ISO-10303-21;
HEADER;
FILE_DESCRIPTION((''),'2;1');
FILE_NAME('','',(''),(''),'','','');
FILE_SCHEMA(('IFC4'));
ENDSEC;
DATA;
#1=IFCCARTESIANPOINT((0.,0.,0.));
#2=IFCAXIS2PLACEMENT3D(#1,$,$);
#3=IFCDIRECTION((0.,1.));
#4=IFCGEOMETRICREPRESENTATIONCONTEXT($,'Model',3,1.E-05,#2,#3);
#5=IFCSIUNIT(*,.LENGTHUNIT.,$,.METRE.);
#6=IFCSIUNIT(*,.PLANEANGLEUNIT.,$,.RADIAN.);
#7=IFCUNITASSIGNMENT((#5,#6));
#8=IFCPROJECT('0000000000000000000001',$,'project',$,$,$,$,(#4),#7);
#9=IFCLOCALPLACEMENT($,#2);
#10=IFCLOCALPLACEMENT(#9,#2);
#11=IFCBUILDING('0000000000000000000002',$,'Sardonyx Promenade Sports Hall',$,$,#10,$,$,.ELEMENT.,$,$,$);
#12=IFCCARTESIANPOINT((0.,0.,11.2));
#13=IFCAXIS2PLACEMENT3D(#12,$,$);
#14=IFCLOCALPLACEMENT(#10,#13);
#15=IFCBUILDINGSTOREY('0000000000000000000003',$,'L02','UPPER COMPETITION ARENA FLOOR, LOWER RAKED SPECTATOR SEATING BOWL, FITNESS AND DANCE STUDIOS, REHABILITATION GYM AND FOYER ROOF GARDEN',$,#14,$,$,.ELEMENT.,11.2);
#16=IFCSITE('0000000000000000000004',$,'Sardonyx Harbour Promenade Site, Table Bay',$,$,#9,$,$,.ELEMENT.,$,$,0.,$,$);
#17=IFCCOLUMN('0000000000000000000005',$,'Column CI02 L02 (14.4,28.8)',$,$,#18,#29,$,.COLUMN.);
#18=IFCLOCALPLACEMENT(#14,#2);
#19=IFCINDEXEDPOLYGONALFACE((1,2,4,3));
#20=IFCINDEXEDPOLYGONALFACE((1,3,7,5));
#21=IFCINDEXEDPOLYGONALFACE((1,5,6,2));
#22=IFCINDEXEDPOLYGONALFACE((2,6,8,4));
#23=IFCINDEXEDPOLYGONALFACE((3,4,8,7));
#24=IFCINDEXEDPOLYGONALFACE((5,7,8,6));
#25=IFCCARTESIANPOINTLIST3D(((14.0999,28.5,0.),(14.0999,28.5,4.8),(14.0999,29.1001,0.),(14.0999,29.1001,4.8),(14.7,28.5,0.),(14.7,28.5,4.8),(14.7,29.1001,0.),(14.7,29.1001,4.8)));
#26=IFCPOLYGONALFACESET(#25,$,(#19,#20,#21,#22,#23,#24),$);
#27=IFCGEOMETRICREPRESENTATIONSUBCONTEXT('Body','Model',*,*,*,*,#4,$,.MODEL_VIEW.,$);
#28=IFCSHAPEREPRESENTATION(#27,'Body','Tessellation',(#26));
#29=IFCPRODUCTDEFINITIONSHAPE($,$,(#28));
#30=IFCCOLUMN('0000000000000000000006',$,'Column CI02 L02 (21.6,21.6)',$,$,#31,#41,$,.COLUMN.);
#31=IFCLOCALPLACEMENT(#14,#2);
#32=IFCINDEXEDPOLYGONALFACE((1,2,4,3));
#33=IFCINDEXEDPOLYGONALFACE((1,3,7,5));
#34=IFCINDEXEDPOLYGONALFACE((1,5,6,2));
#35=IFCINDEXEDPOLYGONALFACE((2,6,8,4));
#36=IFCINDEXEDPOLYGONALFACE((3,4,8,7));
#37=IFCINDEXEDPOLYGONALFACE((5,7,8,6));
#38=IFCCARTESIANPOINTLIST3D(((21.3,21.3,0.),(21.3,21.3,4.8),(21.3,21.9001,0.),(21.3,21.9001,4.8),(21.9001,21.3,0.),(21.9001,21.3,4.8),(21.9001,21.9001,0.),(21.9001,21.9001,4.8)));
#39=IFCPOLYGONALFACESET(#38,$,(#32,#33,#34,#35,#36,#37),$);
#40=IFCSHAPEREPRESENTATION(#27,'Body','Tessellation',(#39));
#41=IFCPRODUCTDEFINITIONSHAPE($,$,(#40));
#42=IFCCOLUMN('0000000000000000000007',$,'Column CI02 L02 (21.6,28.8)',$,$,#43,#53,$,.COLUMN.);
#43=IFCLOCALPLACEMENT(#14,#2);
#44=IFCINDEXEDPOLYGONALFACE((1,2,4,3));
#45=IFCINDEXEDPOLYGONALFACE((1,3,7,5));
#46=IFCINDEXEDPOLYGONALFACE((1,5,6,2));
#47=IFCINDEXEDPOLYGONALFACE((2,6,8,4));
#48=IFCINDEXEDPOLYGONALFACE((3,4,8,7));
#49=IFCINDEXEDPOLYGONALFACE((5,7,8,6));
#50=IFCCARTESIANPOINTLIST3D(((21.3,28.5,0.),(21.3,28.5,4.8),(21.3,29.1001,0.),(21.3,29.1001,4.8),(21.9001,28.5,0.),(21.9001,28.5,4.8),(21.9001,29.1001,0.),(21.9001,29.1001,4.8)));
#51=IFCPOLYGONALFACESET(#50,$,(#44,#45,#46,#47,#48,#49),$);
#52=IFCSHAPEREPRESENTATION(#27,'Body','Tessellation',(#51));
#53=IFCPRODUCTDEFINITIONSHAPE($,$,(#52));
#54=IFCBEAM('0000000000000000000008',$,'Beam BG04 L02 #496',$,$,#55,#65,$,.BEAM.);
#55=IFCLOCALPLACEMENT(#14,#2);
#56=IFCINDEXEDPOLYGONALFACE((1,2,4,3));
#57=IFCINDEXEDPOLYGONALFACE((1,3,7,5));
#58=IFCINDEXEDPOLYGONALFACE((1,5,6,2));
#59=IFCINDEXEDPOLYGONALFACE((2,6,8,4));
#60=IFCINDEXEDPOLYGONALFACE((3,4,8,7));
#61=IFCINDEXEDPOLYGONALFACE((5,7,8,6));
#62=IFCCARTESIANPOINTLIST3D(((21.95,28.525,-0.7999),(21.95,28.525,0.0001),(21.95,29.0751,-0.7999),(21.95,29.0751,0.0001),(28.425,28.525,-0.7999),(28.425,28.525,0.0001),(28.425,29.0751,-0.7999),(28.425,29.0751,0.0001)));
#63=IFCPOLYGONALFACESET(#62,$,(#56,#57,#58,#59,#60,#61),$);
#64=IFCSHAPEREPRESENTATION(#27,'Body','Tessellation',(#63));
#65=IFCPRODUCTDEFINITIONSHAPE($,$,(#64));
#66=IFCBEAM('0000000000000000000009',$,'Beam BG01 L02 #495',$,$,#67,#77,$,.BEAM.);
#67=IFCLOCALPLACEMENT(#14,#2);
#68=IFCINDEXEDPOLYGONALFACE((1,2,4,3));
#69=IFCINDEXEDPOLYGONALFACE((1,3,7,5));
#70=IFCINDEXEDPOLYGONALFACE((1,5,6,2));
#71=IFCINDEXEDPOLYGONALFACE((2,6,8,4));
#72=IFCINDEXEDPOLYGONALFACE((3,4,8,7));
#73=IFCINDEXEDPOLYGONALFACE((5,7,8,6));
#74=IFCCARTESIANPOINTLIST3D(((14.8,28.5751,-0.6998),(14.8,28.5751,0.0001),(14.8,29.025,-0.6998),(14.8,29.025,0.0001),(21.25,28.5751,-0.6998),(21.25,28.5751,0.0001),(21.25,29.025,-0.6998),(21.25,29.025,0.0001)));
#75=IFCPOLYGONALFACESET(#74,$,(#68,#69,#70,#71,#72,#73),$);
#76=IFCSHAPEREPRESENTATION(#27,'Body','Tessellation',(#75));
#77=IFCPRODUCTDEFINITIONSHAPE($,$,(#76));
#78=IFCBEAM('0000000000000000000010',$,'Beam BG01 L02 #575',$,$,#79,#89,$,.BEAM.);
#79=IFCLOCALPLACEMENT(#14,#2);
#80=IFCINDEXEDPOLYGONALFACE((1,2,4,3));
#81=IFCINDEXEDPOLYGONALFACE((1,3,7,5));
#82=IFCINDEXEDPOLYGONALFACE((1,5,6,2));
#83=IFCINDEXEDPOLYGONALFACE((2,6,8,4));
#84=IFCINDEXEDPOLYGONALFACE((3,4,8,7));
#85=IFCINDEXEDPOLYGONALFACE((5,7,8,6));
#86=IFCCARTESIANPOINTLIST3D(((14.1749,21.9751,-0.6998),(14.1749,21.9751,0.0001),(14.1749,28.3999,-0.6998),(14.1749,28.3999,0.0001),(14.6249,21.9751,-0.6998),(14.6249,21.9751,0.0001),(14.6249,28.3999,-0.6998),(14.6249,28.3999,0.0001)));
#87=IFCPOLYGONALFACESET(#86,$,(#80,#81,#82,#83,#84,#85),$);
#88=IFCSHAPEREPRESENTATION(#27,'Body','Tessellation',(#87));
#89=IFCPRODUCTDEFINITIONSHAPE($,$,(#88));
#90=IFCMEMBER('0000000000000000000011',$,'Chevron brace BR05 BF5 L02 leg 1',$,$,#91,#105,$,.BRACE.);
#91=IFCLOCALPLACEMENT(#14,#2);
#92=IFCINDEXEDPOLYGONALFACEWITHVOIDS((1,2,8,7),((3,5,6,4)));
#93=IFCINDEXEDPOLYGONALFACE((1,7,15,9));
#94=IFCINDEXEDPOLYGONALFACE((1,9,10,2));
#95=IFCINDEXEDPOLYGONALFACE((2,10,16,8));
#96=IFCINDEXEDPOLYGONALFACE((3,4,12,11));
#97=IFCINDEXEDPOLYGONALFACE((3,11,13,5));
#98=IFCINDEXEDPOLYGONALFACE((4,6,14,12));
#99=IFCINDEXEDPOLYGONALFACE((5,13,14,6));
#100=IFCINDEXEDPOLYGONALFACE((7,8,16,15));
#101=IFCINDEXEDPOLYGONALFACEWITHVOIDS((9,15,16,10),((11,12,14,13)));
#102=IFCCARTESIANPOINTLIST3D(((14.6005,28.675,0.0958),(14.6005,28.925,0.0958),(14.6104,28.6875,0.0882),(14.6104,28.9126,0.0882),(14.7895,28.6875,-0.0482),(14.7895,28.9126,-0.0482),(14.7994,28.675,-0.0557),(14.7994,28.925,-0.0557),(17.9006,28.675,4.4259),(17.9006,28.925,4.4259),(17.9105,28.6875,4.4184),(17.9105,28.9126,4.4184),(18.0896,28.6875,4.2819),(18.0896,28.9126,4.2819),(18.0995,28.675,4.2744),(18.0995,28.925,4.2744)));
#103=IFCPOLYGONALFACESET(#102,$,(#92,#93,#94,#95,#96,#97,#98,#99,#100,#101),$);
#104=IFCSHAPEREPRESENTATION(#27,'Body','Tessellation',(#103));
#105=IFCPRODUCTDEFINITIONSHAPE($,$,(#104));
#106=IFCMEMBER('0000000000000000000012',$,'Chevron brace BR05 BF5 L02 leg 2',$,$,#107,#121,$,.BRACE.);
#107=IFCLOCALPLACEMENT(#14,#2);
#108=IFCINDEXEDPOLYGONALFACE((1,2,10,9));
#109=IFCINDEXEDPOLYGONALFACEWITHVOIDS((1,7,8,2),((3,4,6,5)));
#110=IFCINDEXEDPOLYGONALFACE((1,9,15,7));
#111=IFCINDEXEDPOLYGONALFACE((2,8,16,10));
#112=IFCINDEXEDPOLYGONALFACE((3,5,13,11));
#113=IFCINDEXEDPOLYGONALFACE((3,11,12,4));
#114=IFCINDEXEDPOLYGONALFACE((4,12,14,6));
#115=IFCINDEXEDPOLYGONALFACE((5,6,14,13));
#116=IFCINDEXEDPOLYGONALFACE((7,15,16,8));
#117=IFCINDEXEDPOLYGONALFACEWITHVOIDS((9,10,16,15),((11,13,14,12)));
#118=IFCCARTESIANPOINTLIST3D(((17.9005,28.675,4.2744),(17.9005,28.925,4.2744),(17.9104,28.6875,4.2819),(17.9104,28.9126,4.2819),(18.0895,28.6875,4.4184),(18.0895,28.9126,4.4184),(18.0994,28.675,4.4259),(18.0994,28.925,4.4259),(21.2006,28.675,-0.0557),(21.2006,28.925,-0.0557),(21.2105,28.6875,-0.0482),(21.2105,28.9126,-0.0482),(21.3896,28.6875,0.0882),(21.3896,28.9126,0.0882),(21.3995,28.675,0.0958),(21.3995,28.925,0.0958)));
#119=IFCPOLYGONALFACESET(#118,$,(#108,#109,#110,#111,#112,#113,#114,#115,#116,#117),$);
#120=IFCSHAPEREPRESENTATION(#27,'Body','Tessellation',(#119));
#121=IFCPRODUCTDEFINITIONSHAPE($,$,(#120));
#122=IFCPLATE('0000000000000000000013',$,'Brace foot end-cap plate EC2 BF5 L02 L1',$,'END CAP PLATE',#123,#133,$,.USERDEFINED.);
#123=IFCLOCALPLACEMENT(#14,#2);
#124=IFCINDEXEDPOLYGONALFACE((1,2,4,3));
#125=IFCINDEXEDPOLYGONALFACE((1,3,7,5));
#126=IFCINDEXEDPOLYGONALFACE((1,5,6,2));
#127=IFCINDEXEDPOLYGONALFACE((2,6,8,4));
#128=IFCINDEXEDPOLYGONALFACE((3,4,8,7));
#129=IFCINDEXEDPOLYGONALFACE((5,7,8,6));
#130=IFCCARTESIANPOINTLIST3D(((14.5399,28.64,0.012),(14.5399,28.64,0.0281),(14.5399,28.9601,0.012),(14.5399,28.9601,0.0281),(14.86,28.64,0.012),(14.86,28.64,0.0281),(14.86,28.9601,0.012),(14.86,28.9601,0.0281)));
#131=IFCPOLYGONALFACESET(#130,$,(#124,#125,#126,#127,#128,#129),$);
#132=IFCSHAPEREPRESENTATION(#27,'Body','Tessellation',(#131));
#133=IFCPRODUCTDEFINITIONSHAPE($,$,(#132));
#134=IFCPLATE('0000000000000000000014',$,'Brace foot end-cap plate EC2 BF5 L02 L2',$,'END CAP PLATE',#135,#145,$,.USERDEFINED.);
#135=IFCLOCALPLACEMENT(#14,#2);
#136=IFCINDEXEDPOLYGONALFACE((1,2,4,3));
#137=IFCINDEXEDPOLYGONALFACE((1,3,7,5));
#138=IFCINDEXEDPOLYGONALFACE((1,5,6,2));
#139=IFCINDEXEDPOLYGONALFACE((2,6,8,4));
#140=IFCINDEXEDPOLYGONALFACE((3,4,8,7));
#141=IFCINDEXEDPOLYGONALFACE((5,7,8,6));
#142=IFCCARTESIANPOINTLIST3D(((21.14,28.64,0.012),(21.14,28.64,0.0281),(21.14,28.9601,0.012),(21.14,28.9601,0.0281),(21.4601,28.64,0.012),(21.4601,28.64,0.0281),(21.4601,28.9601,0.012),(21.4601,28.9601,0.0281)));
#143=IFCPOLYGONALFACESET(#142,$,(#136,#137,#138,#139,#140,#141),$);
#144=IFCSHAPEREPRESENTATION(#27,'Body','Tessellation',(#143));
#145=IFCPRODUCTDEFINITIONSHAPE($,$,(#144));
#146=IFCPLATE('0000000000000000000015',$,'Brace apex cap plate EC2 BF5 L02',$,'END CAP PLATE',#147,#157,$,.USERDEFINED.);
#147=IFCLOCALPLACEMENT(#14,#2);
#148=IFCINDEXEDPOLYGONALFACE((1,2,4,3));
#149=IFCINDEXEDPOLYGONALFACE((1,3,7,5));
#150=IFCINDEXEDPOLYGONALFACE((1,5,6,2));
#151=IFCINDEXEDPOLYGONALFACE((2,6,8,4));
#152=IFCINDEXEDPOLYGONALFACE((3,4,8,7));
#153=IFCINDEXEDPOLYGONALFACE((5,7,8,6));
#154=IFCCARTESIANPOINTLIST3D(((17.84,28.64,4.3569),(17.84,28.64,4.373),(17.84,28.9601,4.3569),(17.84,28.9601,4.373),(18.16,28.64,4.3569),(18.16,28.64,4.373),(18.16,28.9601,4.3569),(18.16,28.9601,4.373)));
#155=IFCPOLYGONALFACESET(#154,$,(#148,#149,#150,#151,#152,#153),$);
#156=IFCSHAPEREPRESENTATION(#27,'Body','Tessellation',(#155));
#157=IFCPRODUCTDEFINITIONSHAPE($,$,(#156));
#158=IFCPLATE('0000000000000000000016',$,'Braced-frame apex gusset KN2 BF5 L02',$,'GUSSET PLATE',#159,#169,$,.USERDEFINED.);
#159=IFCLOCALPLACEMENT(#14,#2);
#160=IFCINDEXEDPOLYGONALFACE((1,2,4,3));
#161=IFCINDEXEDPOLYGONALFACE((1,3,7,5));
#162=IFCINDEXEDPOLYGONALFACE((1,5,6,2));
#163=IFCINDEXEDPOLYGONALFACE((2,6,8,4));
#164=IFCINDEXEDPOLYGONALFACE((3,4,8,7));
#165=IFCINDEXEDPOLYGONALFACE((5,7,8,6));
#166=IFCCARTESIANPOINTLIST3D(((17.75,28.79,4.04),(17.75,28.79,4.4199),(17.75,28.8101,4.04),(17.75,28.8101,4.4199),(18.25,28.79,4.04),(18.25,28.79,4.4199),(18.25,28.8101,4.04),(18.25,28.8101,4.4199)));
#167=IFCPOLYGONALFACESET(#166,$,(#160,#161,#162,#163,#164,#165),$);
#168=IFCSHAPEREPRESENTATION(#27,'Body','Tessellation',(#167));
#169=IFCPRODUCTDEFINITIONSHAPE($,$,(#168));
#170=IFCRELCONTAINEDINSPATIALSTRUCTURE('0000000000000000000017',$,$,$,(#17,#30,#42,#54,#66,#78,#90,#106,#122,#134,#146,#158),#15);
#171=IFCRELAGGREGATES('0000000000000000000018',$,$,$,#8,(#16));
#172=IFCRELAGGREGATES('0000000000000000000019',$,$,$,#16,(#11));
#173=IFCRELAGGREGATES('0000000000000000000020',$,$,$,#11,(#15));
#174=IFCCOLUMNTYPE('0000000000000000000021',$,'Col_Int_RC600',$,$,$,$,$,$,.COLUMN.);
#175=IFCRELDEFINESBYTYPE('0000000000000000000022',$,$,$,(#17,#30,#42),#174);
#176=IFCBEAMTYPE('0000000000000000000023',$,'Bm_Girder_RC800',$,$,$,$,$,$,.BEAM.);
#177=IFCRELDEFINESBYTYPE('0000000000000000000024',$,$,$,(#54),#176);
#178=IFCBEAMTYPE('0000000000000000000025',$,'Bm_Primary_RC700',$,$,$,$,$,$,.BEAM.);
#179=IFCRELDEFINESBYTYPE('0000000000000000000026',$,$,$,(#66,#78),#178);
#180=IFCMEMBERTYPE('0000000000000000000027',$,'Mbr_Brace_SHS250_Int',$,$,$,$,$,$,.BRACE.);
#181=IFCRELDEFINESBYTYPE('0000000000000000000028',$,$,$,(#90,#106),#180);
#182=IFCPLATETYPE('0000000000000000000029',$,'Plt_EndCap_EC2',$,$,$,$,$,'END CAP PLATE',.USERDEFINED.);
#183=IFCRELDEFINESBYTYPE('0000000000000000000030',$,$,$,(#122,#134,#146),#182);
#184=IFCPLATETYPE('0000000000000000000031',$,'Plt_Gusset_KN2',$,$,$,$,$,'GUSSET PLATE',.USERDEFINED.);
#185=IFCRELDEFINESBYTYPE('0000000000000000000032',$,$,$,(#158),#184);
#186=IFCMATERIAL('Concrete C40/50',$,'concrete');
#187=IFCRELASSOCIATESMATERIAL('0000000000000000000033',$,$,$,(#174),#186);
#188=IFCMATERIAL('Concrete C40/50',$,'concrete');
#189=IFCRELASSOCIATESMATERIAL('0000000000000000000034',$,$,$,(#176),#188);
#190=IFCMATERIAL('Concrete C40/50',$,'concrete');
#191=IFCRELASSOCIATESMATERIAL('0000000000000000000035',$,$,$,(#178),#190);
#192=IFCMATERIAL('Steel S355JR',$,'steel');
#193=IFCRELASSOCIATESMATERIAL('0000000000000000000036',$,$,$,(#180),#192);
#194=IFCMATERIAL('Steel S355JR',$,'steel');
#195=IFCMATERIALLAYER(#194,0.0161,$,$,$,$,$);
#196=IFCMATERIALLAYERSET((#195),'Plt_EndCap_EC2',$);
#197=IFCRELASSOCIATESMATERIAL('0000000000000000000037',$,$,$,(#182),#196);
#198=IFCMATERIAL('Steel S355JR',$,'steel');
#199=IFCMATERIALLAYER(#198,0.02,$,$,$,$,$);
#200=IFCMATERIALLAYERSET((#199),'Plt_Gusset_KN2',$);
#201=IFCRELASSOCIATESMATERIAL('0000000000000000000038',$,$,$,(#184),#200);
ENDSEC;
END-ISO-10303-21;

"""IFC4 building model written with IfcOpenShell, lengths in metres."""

from ifc_helpers import new_model, si_unit, direction, frame, origin, origin_2d, place, context, subcontext, project, spatial, rectangle, hollow_rectangle, extrude, material, layer, layer_set, material_profile, profile_set, type_object, element, save


model = new_model("IFC4")

# Units and contexts
model_context = context("Model", 3, precision=1e-05, world=origin(), true_north=direction((0.0, 1.0)))
body_context = subcontext(model_context, "Body", "Model", "MODEL_VIEW")
ifc_project = project(units=[si_unit("LENGTHUNIT", "METRE"), si_unit("PLANEANGLEUNIT", "RADIAN")], contexts=[model_context])

# Site, building, storey
site_placement = place(None, origin())
site = spatial("IfcSite", under=ifc_project, at=site_placement, Name="Sardonyx Harbour Promenade Site, Table Bay", CompositionType="ELEMENT", RefElevation=0.0)
building_placement = place(site_placement, origin())
building = spatial("IfcBuilding", under=site, at=building_placement, Name="Sardonyx Promenade Sports Hall", CompositionType="ELEMENT")
storey_placement = place(building_placement, frame((0.0, 0.0, 11.2)))
storey = spatial("IfcBuildingStorey", under=building, at=storey_placement, Name="L02", Description="UPPER COMPETITION ARENA FLOOR, LOWER RAKED SPECTATOR SEATING BOWL, FITNESS AND DANCE STUDIOS, REHABILITATION GYM AND FOYER ROOF GARDEN", CompositionType="ELEMENT", Elevation=11.2)

# Columns
ifc_material_1 = material(Name="Concrete C40/50", Category="concrete")
ifc_material_profile_1 = material_profile(ifc_material_1, rectangle(XDim=0.6001, YDim=0.6001, at=origin_2d()))
ifc_profile_set_1 = profile_set([ifc_material_profile_1], Name="Concrete C40/50")
column_type = type_object("IfcColumnType", Name="Col_Int_RC600", PredefinedType="COLUMN", material=ifc_profile_set_1)
for number, where, z_axis, x_axis, name in (
    (1, (14.3999, 28.8, 0.0), (0.0, 0.0, 1.0), (1.0, 0.0, 0.0), "Column CI02 L02 (14.4,28.8)"),
    (2, (21.6001, 21.6001, 0.0), (0.0, 0.0, 1.0), (1.0, 0.0, 0.0), "Column CI02 L02 (21.6,21.6)"),
    (3, (21.6001, 28.8, 0.0), (0.0, 0.0, 1.0), (1.0, 0.0, 0.0), "Column CI02 L02 (21.6,28.8)"),
):
    element("IfcColumn", number, at=place(storey_placement, frame(where, z_axis=z_axis, x_axis=x_axis)), inside=storey, type_object=column_type, Name=name, PredefinedType="COLUMN", context=body_context, shape_type="SweptSolid", body=[
        extrude(rectangle(XDim=0.6001, YDim=0.6001, at=origin_2d()), origin(), (0.0, 0.0, 1.0), 4.8),
    ])

# Beams
ifc_material_2 = material(Name="Concrete C40/50", Category="concrete")
ifc_material_profile_2 = material_profile(ifc_material_2, rectangle(XDim=0.55, YDim=0.8, at=origin_2d()))
ifc_profile_set_2 = profile_set([ifc_material_profile_2], Name="Concrete C40/50")
beam_type_1 = type_object("IfcBeamType", Name="Bm_Girder_RC800", PredefinedType="BEAM", material=ifc_profile_set_2)
beam_1_placement = place(storey_placement, frame((21.95, 28.8, -0.3999), z_axis=(1.0, 0.0, 0.0), x_axis=(0.0, 1.0, 0.0)))
element("IfcBeam", 4, at=beam_1_placement, inside=storey, type_object=beam_type_1, Name="Beam BG04 L02 #496", PredefinedType="BEAM", context=body_context, shape_type="SweptSolid", body=[
    extrude(rectangle(XDim=0.55, YDim=0.8, at=origin_2d()), origin(), (0.0, 0.0, 1.0), 6.4751),
])
ifc_material_3 = material(Name="Concrete C40/50", Category="concrete")
ifc_material_profile_3 = material_profile(ifc_material_3, rectangle(XDim=0.45, YDim=0.7, at=origin_2d()))
ifc_profile_set_3 = profile_set([ifc_material_profile_3], Name="Concrete C40/50")
beam_type_2 = type_object("IfcBeamType", Name="Bm_Primary_RC700", PredefinedType="BEAM", material=ifc_profile_set_3)
beam_2_placement = place(storey_placement, frame((14.8, 28.8, -0.3499), z_axis=(1.0, 0.0, 0.0), x_axis=(0.0, 1.0, 0.0)))
element("IfcBeam", 5, at=beam_2_placement, inside=storey, type_object=beam_type_2, Name="Beam BG01 L02 #495", PredefinedType="BEAM", context=body_context, shape_type="SweptSolid", body=[
    extrude(rectangle(XDim=0.45, YDim=0.7, at=origin_2d()), origin(), (0.0, 0.0, 1.0), 6.45),
])
beam_3_placement = place(storey_placement, frame((14.3999, 21.9751, -0.3499), z_axis=(0.0, 1.0, 0.0), x_axis=(-1.0, 0.0, 0.0)))
element("IfcBeam", 6, at=beam_3_placement, inside=storey, type_object=beam_type_2, Name="Beam BG01 L02 #575", PredefinedType="BEAM", context=body_context, shape_type="SweptSolid", body=[
    extrude(rectangle(XDim=0.45, YDim=0.7, at=origin_2d()), origin(), (0.0, 0.0, 1.0), 6.4248),
])

# Members
ifc_material_4 = material(Name="Steel S355JR", Category="steel")
ifc_material_profile_4 = material_profile(ifc_material_4, hollow_rectangle(XDim=0.25, YDim=0.25, WallThickness=0.0125, at=origin_2d()))
ifc_profile_set_4 = profile_set([ifc_material_profile_4], Name="Steel S355JR")
member_type = type_object("IfcMemberType", Name="Mbr_Brace_SHS250_Int", PredefinedType="BRACE", material=ifc_profile_set_4)
for number, where, z_axis, x_axis, name in (
    (7, (14.7, 28.8, 0.02), (0.606153, 0.0, 0.795348), (0.0, 1.0, 0.0), "Chevron brace BR05 BF5 L02 leg 1"),
    (8, (21.3, 28.8, 0.02), (-0.606153, 0.0, 0.795348), (0.0, -1.0, 0.0), "Chevron brace BR05 BF5 L02 leg 2"),
):
    element("IfcMember", number, at=place(storey_placement, frame(where, z_axis=z_axis, x_axis=x_axis)), inside=storey, type_object=member_type, Name=name, PredefinedType="BRACE", context=body_context, shape_type="SweptSolid", body=[
        extrude(hollow_rectangle(XDim=0.25, YDim=0.25, WallThickness=0.0125, at=origin_2d()), origin(), (0.0, 0.0, 1.0), 5.4443),
    ])

# Plates
ifc_material_5 = material(Name="Steel S355JR", Category="steel")
ifc_layer_1 = layer(ifc_material_5, 0.0161)
ifc_layer_set_1 = layer_set([ifc_layer_1], Name="Plt_EndCap_EC2")
plate_type_1 = type_object("IfcPlateType", Name="Plt_EndCap_EC2", ElementType="END CAP PLATE", PredefinedType="USERDEFINED", material=ifc_layer_set_1)
for number, where, z_axis, x_axis, name in (
    (9, (14.7, 28.8, 0.012), (0.0, 0.0, 1.0), (1.0, 0.0, 0.0), "Brace foot end-cap plate EC2 BF5 L02 L1"),
    (10, (21.3, 28.8, 0.012), (0.0, 0.0, 1.0), (1.0, 0.0, 0.0), "Brace foot end-cap plate EC2 BF5 L02 L2"),
    (11, (18.0, 28.8, 4.3569), (0.0, 0.0, 1.0), (1.0, 0.0, 0.0), "Brace apex cap plate EC2 BF5 L02"),
):
    element("IfcPlate", number, at=place(storey_placement, frame(where, z_axis=z_axis, x_axis=x_axis)), inside=storey, type_object=plate_type_1, Name=name, ObjectType="END CAP PLATE", PredefinedType="USERDEFINED", context=body_context, shape_type="SweptSolid", body=[
        extrude(rectangle(XDim=0.3201, YDim=0.3201, at=origin_2d()), origin(), (0.0, 0.0, 1.0), 0.0161),
    ])
ifc_material_6 = material(Name="Steel S355JR", Category="steel")
ifc_layer_2 = layer(ifc_material_6, 0.02)
ifc_layer_set_2 = layer_set([ifc_layer_2], Name="Plt_Gusset_KN2")
plate_type_2 = type_object("IfcPlateType", Name="Plt_Gusset_KN2", ElementType="GUSSET PLATE", PredefinedType="USERDEFINED", material=ifc_layer_set_2)
plate_placement = place(storey_placement, frame((18.0, 28.8, 4.04), z_axis=(0.0, 0.0, 1.0), x_axis=(1.0, 0.0, 0.0)))
element("IfcPlate", 12, at=plate_placement, inside=storey, type_object=plate_type_2, Name="Braced-frame apex gusset KN2 BF5 L02", ObjectType="GUSSET PLATE", PredefinedType="USERDEFINED", context=body_context, shape_type="SweptSolid", body=[
    extrude(rectangle(XDim=0.5, YDim=0.02, at=origin_2d()), origin(), (0.0, 0.0, 1.0), 0.3799),
])

save(model, "model.ifc")
